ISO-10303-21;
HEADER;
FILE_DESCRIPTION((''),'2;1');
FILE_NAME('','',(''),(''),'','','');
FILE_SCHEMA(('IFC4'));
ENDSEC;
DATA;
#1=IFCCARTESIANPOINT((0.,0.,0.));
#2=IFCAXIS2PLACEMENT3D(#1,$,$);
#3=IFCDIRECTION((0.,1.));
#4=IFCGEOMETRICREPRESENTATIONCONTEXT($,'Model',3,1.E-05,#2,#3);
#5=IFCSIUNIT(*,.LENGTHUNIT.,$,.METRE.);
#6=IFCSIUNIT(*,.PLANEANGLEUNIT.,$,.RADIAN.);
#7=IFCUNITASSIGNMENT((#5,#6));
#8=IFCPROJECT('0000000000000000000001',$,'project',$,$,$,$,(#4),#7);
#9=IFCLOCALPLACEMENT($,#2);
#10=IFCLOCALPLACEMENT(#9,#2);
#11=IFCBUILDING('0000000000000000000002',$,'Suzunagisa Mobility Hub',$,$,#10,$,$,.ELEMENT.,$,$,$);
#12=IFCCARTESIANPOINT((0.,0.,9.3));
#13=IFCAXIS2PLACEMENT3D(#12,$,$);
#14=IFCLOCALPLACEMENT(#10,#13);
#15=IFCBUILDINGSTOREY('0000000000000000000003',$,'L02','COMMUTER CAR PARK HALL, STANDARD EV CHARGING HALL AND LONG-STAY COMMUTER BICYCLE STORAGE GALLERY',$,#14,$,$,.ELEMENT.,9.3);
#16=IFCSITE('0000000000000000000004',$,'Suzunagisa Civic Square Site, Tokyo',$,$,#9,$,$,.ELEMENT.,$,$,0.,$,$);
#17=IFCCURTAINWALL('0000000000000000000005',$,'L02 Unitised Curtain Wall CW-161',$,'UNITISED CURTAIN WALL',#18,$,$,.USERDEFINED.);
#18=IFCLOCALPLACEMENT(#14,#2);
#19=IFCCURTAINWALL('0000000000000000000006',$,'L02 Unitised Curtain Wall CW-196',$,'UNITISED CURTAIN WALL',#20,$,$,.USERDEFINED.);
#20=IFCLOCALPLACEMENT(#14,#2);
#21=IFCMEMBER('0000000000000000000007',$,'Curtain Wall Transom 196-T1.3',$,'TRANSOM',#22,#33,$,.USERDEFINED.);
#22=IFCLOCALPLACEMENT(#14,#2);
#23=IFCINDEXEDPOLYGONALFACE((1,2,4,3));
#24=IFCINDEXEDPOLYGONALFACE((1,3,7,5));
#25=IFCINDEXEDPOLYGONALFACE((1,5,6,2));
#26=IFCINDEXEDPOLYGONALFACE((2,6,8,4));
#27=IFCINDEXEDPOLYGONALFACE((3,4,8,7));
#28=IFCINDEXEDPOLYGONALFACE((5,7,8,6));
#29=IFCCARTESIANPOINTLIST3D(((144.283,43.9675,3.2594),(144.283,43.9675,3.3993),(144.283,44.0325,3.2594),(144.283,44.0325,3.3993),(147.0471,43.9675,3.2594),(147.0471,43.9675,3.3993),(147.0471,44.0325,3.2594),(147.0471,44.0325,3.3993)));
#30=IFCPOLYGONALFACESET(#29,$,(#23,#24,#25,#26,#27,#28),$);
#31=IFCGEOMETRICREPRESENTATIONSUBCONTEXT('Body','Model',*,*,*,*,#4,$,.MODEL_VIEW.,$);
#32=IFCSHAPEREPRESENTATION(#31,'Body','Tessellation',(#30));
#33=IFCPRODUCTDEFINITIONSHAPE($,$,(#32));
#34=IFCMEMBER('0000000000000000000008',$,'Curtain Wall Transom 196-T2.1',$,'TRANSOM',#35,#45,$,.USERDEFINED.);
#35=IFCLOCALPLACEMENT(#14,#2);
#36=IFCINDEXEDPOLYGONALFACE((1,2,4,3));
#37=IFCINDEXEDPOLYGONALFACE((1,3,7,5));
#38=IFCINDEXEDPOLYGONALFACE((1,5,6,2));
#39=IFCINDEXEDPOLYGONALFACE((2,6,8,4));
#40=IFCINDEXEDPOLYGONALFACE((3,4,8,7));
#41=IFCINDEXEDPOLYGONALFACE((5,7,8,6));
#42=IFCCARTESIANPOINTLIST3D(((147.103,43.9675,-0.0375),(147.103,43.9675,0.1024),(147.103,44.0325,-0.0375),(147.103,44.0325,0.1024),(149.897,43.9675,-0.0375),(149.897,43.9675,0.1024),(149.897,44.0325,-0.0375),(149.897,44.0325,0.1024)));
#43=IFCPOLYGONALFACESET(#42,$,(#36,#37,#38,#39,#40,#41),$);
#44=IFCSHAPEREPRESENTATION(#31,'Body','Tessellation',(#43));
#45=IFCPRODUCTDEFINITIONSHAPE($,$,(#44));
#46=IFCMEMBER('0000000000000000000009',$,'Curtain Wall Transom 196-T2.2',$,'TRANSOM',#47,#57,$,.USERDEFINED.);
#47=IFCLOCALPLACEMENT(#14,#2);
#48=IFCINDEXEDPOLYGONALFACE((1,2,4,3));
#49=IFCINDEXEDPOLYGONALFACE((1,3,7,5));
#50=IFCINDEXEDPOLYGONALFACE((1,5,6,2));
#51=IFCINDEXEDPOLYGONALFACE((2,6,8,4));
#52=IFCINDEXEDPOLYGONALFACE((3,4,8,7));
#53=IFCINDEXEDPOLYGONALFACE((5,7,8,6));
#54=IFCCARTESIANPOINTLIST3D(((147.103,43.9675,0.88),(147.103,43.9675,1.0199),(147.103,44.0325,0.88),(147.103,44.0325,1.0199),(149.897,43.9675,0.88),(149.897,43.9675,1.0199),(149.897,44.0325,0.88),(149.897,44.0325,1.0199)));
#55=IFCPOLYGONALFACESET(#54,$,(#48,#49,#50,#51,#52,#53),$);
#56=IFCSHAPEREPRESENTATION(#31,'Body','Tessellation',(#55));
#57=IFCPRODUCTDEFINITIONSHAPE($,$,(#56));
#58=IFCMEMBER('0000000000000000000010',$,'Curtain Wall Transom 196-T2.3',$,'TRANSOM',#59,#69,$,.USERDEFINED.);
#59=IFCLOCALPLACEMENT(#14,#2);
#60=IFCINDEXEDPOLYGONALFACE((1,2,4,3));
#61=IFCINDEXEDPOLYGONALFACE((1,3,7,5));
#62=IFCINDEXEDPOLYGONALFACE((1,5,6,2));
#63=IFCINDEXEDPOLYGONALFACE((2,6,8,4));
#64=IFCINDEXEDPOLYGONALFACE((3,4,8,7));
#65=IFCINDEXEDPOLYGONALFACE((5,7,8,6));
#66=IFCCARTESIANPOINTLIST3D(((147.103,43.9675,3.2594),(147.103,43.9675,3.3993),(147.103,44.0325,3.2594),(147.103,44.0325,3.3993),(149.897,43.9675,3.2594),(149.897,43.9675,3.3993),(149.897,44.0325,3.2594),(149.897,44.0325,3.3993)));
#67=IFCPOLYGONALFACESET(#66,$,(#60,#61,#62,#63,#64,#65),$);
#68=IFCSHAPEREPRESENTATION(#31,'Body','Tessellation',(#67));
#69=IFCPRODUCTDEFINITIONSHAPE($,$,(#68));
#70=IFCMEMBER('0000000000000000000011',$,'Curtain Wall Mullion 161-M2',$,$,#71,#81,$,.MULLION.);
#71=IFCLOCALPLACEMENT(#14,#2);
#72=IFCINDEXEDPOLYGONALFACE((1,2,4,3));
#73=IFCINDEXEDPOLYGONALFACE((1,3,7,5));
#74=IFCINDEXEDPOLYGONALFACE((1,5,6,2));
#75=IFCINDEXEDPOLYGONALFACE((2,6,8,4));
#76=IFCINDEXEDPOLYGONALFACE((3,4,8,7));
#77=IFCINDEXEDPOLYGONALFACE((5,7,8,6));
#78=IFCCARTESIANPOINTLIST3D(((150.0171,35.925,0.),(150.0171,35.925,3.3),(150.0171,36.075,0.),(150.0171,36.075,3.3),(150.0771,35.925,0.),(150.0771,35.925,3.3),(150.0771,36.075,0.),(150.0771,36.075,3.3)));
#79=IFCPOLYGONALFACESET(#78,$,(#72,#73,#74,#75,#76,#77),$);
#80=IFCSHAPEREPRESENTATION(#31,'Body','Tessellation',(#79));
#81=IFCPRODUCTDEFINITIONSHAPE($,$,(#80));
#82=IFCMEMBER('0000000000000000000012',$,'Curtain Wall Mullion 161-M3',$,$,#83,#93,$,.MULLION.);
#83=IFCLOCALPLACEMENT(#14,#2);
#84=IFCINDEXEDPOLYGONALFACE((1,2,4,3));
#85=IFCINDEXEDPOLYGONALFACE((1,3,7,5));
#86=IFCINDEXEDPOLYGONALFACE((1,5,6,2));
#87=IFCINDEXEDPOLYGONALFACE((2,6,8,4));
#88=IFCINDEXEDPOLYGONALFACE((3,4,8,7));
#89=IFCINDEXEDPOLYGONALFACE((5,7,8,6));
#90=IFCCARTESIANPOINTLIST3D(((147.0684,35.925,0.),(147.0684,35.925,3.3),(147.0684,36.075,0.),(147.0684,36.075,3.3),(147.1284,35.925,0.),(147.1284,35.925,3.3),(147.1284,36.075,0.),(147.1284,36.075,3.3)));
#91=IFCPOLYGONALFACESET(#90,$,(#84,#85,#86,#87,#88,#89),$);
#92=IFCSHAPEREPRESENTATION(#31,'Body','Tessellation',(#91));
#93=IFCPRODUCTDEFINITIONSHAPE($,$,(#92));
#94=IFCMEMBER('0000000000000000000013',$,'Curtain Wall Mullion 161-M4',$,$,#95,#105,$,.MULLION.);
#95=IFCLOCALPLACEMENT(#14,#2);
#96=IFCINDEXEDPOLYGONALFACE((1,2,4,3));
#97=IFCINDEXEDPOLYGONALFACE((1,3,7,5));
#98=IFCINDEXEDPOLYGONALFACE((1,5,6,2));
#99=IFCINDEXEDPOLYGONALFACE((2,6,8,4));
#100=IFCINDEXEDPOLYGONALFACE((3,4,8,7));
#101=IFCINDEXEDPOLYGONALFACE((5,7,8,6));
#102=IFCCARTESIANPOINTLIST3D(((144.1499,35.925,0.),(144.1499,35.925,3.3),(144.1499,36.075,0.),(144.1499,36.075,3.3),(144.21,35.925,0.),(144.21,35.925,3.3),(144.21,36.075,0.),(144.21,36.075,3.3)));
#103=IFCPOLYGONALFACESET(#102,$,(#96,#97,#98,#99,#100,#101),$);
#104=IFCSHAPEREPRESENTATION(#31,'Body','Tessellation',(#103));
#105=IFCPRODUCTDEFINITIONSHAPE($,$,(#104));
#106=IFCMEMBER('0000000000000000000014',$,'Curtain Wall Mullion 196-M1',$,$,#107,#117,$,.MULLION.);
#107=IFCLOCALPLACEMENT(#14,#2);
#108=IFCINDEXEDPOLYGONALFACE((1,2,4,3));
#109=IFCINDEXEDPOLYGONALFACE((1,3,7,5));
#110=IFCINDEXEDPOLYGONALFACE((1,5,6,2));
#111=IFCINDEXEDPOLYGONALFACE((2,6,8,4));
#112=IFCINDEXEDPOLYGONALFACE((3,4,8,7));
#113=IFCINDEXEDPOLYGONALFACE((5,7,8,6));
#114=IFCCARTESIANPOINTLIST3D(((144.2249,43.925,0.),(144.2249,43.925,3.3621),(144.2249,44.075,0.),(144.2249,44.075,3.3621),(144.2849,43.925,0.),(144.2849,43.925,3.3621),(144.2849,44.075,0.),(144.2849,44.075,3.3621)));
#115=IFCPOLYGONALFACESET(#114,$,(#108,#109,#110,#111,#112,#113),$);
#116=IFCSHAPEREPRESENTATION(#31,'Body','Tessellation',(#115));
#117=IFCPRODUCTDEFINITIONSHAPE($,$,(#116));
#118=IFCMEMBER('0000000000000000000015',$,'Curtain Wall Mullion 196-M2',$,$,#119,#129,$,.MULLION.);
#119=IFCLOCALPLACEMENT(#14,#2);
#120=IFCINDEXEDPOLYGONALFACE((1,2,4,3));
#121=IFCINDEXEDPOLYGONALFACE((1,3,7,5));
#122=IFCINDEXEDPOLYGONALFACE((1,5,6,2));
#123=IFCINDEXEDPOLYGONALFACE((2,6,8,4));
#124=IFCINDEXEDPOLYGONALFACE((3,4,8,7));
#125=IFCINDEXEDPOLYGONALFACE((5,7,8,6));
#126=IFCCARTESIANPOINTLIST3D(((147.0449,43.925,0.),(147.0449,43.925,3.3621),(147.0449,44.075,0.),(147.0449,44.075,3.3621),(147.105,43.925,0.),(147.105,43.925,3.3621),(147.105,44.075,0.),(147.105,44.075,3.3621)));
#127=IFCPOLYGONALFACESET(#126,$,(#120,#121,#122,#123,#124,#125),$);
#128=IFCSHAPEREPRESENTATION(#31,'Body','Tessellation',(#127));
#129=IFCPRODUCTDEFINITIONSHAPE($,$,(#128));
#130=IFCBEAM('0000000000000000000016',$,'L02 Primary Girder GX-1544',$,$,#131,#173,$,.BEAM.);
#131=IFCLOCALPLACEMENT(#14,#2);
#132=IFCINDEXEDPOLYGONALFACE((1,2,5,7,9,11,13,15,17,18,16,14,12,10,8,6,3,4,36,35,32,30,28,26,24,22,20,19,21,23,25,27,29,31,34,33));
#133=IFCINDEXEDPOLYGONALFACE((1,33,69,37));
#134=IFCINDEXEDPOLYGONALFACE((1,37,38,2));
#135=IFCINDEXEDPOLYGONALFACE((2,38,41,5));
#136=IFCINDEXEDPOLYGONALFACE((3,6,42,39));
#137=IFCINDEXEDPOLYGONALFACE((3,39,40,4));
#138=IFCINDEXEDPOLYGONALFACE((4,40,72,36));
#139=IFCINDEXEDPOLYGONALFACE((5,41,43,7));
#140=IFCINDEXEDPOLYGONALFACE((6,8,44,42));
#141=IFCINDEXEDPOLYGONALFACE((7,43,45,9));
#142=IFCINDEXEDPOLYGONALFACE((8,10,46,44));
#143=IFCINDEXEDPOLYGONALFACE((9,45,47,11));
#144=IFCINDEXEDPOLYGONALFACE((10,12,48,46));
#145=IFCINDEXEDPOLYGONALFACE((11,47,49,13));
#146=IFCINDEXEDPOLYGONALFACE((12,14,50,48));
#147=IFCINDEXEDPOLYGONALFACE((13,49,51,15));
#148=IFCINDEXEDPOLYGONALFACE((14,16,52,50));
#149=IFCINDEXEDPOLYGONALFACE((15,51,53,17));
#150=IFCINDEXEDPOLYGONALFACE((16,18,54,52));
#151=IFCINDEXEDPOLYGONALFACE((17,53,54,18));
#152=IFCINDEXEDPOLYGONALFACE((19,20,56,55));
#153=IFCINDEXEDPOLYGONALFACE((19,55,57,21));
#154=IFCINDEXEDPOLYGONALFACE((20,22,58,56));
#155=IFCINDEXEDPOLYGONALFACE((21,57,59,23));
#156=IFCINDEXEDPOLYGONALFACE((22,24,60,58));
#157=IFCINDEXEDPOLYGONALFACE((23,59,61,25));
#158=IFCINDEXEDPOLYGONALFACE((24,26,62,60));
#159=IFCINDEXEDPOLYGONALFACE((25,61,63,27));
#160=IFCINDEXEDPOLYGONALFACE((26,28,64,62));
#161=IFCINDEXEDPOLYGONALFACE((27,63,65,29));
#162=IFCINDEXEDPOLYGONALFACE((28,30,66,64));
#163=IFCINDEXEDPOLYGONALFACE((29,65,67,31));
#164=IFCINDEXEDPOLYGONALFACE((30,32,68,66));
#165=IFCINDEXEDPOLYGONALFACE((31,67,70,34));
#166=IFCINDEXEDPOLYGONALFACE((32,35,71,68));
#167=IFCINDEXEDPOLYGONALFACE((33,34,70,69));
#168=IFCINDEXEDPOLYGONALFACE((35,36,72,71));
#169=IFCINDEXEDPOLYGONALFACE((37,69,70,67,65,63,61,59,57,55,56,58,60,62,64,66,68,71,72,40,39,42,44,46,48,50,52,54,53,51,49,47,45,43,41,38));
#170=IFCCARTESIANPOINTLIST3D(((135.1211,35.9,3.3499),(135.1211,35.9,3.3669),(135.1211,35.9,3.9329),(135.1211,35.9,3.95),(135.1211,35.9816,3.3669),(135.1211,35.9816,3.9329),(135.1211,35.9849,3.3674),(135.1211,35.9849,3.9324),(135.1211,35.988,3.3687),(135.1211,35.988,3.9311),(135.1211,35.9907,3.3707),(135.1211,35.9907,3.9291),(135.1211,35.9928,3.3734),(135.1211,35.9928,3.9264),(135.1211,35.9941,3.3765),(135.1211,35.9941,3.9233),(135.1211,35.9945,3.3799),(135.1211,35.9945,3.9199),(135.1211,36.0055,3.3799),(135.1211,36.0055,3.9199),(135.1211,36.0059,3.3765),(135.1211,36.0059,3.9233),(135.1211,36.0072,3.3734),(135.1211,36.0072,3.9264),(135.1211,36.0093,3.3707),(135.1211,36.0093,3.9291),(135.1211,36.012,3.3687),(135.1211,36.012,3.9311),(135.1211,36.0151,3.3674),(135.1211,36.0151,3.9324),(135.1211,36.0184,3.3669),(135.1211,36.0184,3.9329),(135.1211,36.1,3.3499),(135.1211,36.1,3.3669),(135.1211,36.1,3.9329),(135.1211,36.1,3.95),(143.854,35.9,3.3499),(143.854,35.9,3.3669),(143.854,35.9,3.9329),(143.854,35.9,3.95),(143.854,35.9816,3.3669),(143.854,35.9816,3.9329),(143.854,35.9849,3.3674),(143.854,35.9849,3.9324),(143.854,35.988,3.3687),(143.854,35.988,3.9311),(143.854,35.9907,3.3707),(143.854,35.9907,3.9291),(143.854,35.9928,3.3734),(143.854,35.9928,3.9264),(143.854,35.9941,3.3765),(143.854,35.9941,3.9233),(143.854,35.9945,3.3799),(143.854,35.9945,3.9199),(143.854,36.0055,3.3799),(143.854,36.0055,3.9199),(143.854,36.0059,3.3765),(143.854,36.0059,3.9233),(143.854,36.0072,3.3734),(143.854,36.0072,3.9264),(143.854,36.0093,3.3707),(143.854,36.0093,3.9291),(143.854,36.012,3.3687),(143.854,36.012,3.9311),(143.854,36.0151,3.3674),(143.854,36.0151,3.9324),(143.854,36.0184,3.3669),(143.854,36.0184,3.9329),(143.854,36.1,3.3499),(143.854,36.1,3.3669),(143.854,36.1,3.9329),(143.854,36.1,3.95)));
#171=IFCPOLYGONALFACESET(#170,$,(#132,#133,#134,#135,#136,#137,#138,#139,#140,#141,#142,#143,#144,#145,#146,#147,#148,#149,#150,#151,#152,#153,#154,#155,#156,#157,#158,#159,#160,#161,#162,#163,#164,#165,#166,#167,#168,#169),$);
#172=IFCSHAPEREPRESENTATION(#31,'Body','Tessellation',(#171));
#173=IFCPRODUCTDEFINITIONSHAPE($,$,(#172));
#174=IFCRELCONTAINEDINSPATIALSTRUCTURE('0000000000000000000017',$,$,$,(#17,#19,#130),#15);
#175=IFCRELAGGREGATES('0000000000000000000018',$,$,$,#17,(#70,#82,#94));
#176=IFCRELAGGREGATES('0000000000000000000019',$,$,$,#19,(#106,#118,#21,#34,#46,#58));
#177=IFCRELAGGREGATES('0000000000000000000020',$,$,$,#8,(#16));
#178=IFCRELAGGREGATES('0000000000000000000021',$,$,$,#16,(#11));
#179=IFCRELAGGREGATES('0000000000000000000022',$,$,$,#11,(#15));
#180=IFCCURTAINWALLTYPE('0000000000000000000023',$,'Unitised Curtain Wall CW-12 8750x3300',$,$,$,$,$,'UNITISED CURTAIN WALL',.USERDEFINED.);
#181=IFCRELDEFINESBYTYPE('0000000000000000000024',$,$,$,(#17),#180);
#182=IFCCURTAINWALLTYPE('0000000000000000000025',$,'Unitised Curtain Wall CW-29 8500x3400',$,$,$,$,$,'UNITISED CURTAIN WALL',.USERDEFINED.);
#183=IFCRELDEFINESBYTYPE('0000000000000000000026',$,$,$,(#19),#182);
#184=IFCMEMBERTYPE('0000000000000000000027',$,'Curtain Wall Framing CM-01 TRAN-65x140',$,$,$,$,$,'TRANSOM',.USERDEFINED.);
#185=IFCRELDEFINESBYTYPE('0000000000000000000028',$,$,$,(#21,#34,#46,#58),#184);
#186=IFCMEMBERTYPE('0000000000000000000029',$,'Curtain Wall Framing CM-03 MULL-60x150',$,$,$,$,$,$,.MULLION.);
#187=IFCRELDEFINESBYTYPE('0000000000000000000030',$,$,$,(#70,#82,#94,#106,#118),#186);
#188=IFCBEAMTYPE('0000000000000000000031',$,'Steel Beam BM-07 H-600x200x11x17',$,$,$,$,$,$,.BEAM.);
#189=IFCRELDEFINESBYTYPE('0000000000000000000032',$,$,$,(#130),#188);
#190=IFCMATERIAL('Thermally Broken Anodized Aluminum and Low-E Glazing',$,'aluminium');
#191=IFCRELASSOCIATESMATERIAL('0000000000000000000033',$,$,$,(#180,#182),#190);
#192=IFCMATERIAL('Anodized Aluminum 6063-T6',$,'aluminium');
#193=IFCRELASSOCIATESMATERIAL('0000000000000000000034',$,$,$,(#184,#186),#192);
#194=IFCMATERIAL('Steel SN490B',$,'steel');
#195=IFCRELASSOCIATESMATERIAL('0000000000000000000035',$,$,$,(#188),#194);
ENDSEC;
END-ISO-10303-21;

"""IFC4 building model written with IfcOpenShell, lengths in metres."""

from ifc_helpers import new_model, si_unit, direction, frame, origin, origin_2d, place, context, subcontext, project, spatial, rectangle, i_section, extrude, material, material_profile, profile_set, type_object, element, aggregate, save


model = new_model("IFC4")

# Units and contexts
model_context = context("Model", 3, precision=1e-05, world=origin(), true_north=direction((0.0, 1.0)))
body_context = subcontext(model_context, "Body", "Model", "MODEL_VIEW")
ifc_project = project(units=[si_unit("LENGTHUNIT", "METRE"), si_unit("PLANEANGLEUNIT", "RADIAN")], contexts=[model_context])

# Site, building, storey
site_placement = place(None, origin())
site = spatial("IfcSite", under=ifc_project, at=site_placement, Name="Suzunagisa Civic Square Site, Tokyo", CompositionType="ELEMENT", RefElevation=0.0)
building_placement = place(site_placement, origin())
building = spatial("IfcBuilding", under=site, at=building_placement, Name="Suzunagisa Mobility Hub", CompositionType="ELEMENT")
storey_placement = place(building_placement, frame((0.0, 0.0, 9.3)))
storey = spatial("IfcBuildingStorey", under=building, at=storey_placement, Name="L02", Description="COMMUTER CAR PARK HALL, STANDARD EV CHARGING HALL AND LONG-STAY COMMUTER BICYCLE STORAGE GALLERY", CompositionType="ELEMENT", Elevation=9.3)

# Shared definitions
ifc_material_1 = material(Name="Steel SN490B", Category="steel")

# Curtain walls, members
ifc_material_2 = material(Name="Thermally Broken Anodized Aluminum and Low-E Glazing", Category="aluminium")
curtain_wall_type_1 = type_object("IfcCurtainWallType", Name="Unitised Curtain Wall CW-12 8750x3300", ElementType="UNITISED CURTAIN WALL", PredefinedType="USERDEFINED", material=ifc_material_2)
curtain_wall_1_placement = place(storey_placement, origin())
curtain_wall_1 = element("IfcCurtainWall", 1, at=curtain_wall_1_placement, inside=storey, type_object=curtain_wall_type_1, Name="L02 Unitised Curtain Wall CW-161", ObjectType="UNITISED CURTAIN WALL", PredefinedType="USERDEFINED")
ifc_material_3 = material(Name="Anodized Aluminum 6063-T6", Category="aluminium")
ifc_material_profile_1 = material_profile(ifc_material_3, rectangle(XDim=0.0649, YDim=0.1399, at=origin_2d()), Name="TRAN-65x140")
ifc_profile_set_1 = profile_set([ifc_material_profile_1], Name="Anodized Aluminum 6063-T6")
member_type_1 = type_object("IfcMemberType", Name="Curtain Wall Framing CM-01 TRAN-65x140", ElementType="TRANSOM", PredefinedType="USERDEFINED", material=ifc_profile_set_1)
curtain_wall_type_2 = type_object("IfcCurtainWallType", Name="Unitised Curtain Wall CW-29 8500x3400", ElementType="UNITISED CURTAIN WALL", PredefinedType="USERDEFINED", material=ifc_material_2)
curtain_wall_2_placement = place(storey_placement, origin())
curtain_wall_2 = element("IfcCurtainWall", 2, at=curtain_wall_2_placement, inside=storey, type_object=curtain_wall_type_2, Name="L02 Unitised Curtain Wall CW-196", ObjectType="UNITISED CURTAIN WALL", PredefinedType="USERDEFINED")
member_1_placement = place(storey_placement, frame((144.283, 44.0, 3.3293), z_axis=(1.0, 0.0, 0.0), x_axis=(0.0, 1.0, 0.0)))
member_1 = element("IfcMember", 3, at=member_1_placement, type_object=member_type_1, Name="Curtain Wall Transom 196-T1.3", ObjectType="TRANSOM", PredefinedType="USERDEFINED", context=body_context, shape_type="SweptSolid", body=[
    extrude(rectangle(XDim=0.0649, YDim=0.1399, at=origin_2d()), origin(), (0.0, 0.0, 1.0), 2.7642),
])
member_2_placement = place(storey_placement, frame((147.103, 44.0, 0.0325), z_axis=(1.0, 0.0, 0.0), x_axis=(0.0, 1.0, 0.0)))
member_2 = element("IfcMember", 4, at=member_2_placement, type_object=member_type_1, Name="Curtain Wall Transom 196-T2.1", ObjectType="TRANSOM", PredefinedType="USERDEFINED", context=body_context, shape_type="SweptSolid", body=[
    extrude(rectangle(XDim=0.0649, YDim=0.1399, at=origin_2d()), origin(), (0.0, 0.0, 1.0), 2.7939),
])
member_3_placement = place(storey_placement, frame((147.103, 44.0, 0.95), z_axis=(1.0, 0.0, 0.0), x_axis=(0.0, 1.0, 0.0)))
member_3 = element("IfcMember", 5, at=member_3_placement, type_object=member_type_1, Name="Curtain Wall Transom 196-T2.2", ObjectType="TRANSOM", PredefinedType="USERDEFINED", context=body_context, shape_type="SweptSolid", body=[
    extrude(rectangle(XDim=0.0649, YDim=0.1399, at=origin_2d()), origin(), (0.0, 0.0, 1.0), 2.7939),
])
member_4_placement = place(storey_placement, frame((147.103, 44.0, 3.3293), z_axis=(1.0, 0.0, 0.0), x_axis=(0.0, 1.0, 0.0)))
member_4 = element("IfcMember", 6, at=member_4_placement, type_object=member_type_1, Name="Curtain Wall Transom 196-T2.3", ObjectType="TRANSOM", PredefinedType="USERDEFINED", context=body_context, shape_type="SweptSolid", body=[
    extrude(rectangle(XDim=0.0649, YDim=0.1399, at=origin_2d()), origin(), (0.0, 0.0, 1.0), 2.7939),
])

# Members
ifc_material_profile_2 = material_profile(ifc_material_3, rectangle(XDim=0.0601, YDim=0.1499, at=origin_2d()), Name="MULL-60x150")
ifc_profile_set_2 = profile_set([ifc_material_profile_2], Name="Anodized Aluminum 6063-T6")
member_type_2 = type_object("IfcMemberType", Name="Curtain Wall Framing CM-03 MULL-60x150", PredefinedType="MULLION", material=ifc_profile_set_2)
member_5_placement = place(storey_placement, frame((150.0471, 36.0, 0.0), z_axis=(0.0, 0.0, 1.0), x_axis=(-1.0, 0.0, 0.0)))
member_5 = element("IfcMember", 7, at=member_5_placement, type_object=member_type_2, Name="Curtain Wall Mullion 161-M2", PredefinedType="MULLION", context=body_context, shape_type="SweptSolid", body=[
    extrude(rectangle(XDim=0.0601, YDim=0.1499, at=origin_2d()), origin(), (0.0, 0.0, 1.0), 3.3),
])
member_6_placement = place(storey_placement, frame((147.0984, 36.0, 0.0), z_axis=(0.0, 0.0, 1.0), x_axis=(-1.0, 0.0, 0.0)))
member_6 = element("IfcMember", 8, at=member_6_placement, type_object=member_type_2, Name="Curtain Wall Mullion 161-M3", PredefinedType="MULLION", context=body_context, shape_type="SweptSolid", body=[
    extrude(rectangle(XDim=0.0601, YDim=0.1499, at=origin_2d()), origin(), (0.0, 0.0, 1.0), 3.3),
])
member_7_placement = place(storey_placement, frame((144.1799, 36.0, 0.0), z_axis=(0.0, 0.0, 1.0), x_axis=(-1.0, 0.0, 0.0)))
member_7 = element("IfcMember", 9, at=member_7_placement, type_object=member_type_2, Name="Curtain Wall Mullion 161-M4", PredefinedType="MULLION", context=body_context, shape_type="SweptSolid", body=[
    extrude(rectangle(XDim=0.0601, YDim=0.1499, at=origin_2d()), origin(), (0.0, 0.0, 1.0), 3.3),
])
member_8_placement = place(storey_placement, frame((144.2549, 44.0, 0.0), z_axis=(0.0, 0.0, 1.0), x_axis=(1.0, 0.0, 0.0)))
member_8 = element("IfcMember", 10, at=member_8_placement, type_object=member_type_2, Name="Curtain Wall Mullion 196-M1", PredefinedType="MULLION", context=body_context, shape_type="SweptSolid", body=[
    extrude(rectangle(XDim=0.0601, YDim=0.1499, at=origin_2d()), origin(), (0.0, 0.0, 1.0), 3.3621),
])
member_9_placement = place(storey_placement, frame((147.075, 44.0, 0.0), z_axis=(0.0, 0.0, 1.0), x_axis=(1.0, 0.0, 0.0)))
member_9 = element("IfcMember", 11, at=member_9_placement, type_object=member_type_2, Name="Curtain Wall Mullion 196-M2", PredefinedType="MULLION", context=body_context, shape_type="SweptSolid", body=[
    extrude(rectangle(XDim=0.0601, YDim=0.1499, at=origin_2d()), origin(), (0.0, 0.0, 1.0), 3.3621),
])

# Beam
ifc_material_profile_3 = material_profile(ifc_material_1, i_section(OverallWidth=0.2, OverallDepth=0.6001, WebThickness=0.011, FlangeThickness=0.0171, FilletRadius=0.0129, at=origin_2d()), Name="H-600x200x11x17")
ifc_profile_set_3 = profile_set([ifc_material_profile_3], Name="Steel SN490B")
beam_type_1 = type_object("IfcBeamType", Name="Steel Beam BM-07 H-600x200x11x17", PredefinedType="BEAM", material=ifc_profile_set_3)
for number, where, z_axis, x_axis, name in (
    (12, (135.1211, 36.0, 3.6499), (1.0, 0.0, 0.0), (0.0, 1.0, 0.0), "L02 Primary Girder GX-1544"),
):
    element("IfcBeam", number, at=place(storey_placement, frame(where, z_axis=z_axis, x_axis=x_axis)), inside=storey, type_object=beam_type_1, Name=name, PredefinedType="BEAM", context=body_context, shape_type="SweptSolid", body=[
        extrude(i_section(OverallWidth=0.2, OverallDepth=0.6001, WebThickness=0.011, FlangeThickness=0.0171, FilletRadius=0.0129, at=origin_2d()), origin(), (0.0, 0.0, 1.0), 8.7329),
    ])

aggregate(curtain_wall_1, [member_5, member_6, member_7])
aggregate(curtain_wall_2, [member_8, member_9, member_1, member_2, member_3, member_4])

save(model, "model.ifc")
